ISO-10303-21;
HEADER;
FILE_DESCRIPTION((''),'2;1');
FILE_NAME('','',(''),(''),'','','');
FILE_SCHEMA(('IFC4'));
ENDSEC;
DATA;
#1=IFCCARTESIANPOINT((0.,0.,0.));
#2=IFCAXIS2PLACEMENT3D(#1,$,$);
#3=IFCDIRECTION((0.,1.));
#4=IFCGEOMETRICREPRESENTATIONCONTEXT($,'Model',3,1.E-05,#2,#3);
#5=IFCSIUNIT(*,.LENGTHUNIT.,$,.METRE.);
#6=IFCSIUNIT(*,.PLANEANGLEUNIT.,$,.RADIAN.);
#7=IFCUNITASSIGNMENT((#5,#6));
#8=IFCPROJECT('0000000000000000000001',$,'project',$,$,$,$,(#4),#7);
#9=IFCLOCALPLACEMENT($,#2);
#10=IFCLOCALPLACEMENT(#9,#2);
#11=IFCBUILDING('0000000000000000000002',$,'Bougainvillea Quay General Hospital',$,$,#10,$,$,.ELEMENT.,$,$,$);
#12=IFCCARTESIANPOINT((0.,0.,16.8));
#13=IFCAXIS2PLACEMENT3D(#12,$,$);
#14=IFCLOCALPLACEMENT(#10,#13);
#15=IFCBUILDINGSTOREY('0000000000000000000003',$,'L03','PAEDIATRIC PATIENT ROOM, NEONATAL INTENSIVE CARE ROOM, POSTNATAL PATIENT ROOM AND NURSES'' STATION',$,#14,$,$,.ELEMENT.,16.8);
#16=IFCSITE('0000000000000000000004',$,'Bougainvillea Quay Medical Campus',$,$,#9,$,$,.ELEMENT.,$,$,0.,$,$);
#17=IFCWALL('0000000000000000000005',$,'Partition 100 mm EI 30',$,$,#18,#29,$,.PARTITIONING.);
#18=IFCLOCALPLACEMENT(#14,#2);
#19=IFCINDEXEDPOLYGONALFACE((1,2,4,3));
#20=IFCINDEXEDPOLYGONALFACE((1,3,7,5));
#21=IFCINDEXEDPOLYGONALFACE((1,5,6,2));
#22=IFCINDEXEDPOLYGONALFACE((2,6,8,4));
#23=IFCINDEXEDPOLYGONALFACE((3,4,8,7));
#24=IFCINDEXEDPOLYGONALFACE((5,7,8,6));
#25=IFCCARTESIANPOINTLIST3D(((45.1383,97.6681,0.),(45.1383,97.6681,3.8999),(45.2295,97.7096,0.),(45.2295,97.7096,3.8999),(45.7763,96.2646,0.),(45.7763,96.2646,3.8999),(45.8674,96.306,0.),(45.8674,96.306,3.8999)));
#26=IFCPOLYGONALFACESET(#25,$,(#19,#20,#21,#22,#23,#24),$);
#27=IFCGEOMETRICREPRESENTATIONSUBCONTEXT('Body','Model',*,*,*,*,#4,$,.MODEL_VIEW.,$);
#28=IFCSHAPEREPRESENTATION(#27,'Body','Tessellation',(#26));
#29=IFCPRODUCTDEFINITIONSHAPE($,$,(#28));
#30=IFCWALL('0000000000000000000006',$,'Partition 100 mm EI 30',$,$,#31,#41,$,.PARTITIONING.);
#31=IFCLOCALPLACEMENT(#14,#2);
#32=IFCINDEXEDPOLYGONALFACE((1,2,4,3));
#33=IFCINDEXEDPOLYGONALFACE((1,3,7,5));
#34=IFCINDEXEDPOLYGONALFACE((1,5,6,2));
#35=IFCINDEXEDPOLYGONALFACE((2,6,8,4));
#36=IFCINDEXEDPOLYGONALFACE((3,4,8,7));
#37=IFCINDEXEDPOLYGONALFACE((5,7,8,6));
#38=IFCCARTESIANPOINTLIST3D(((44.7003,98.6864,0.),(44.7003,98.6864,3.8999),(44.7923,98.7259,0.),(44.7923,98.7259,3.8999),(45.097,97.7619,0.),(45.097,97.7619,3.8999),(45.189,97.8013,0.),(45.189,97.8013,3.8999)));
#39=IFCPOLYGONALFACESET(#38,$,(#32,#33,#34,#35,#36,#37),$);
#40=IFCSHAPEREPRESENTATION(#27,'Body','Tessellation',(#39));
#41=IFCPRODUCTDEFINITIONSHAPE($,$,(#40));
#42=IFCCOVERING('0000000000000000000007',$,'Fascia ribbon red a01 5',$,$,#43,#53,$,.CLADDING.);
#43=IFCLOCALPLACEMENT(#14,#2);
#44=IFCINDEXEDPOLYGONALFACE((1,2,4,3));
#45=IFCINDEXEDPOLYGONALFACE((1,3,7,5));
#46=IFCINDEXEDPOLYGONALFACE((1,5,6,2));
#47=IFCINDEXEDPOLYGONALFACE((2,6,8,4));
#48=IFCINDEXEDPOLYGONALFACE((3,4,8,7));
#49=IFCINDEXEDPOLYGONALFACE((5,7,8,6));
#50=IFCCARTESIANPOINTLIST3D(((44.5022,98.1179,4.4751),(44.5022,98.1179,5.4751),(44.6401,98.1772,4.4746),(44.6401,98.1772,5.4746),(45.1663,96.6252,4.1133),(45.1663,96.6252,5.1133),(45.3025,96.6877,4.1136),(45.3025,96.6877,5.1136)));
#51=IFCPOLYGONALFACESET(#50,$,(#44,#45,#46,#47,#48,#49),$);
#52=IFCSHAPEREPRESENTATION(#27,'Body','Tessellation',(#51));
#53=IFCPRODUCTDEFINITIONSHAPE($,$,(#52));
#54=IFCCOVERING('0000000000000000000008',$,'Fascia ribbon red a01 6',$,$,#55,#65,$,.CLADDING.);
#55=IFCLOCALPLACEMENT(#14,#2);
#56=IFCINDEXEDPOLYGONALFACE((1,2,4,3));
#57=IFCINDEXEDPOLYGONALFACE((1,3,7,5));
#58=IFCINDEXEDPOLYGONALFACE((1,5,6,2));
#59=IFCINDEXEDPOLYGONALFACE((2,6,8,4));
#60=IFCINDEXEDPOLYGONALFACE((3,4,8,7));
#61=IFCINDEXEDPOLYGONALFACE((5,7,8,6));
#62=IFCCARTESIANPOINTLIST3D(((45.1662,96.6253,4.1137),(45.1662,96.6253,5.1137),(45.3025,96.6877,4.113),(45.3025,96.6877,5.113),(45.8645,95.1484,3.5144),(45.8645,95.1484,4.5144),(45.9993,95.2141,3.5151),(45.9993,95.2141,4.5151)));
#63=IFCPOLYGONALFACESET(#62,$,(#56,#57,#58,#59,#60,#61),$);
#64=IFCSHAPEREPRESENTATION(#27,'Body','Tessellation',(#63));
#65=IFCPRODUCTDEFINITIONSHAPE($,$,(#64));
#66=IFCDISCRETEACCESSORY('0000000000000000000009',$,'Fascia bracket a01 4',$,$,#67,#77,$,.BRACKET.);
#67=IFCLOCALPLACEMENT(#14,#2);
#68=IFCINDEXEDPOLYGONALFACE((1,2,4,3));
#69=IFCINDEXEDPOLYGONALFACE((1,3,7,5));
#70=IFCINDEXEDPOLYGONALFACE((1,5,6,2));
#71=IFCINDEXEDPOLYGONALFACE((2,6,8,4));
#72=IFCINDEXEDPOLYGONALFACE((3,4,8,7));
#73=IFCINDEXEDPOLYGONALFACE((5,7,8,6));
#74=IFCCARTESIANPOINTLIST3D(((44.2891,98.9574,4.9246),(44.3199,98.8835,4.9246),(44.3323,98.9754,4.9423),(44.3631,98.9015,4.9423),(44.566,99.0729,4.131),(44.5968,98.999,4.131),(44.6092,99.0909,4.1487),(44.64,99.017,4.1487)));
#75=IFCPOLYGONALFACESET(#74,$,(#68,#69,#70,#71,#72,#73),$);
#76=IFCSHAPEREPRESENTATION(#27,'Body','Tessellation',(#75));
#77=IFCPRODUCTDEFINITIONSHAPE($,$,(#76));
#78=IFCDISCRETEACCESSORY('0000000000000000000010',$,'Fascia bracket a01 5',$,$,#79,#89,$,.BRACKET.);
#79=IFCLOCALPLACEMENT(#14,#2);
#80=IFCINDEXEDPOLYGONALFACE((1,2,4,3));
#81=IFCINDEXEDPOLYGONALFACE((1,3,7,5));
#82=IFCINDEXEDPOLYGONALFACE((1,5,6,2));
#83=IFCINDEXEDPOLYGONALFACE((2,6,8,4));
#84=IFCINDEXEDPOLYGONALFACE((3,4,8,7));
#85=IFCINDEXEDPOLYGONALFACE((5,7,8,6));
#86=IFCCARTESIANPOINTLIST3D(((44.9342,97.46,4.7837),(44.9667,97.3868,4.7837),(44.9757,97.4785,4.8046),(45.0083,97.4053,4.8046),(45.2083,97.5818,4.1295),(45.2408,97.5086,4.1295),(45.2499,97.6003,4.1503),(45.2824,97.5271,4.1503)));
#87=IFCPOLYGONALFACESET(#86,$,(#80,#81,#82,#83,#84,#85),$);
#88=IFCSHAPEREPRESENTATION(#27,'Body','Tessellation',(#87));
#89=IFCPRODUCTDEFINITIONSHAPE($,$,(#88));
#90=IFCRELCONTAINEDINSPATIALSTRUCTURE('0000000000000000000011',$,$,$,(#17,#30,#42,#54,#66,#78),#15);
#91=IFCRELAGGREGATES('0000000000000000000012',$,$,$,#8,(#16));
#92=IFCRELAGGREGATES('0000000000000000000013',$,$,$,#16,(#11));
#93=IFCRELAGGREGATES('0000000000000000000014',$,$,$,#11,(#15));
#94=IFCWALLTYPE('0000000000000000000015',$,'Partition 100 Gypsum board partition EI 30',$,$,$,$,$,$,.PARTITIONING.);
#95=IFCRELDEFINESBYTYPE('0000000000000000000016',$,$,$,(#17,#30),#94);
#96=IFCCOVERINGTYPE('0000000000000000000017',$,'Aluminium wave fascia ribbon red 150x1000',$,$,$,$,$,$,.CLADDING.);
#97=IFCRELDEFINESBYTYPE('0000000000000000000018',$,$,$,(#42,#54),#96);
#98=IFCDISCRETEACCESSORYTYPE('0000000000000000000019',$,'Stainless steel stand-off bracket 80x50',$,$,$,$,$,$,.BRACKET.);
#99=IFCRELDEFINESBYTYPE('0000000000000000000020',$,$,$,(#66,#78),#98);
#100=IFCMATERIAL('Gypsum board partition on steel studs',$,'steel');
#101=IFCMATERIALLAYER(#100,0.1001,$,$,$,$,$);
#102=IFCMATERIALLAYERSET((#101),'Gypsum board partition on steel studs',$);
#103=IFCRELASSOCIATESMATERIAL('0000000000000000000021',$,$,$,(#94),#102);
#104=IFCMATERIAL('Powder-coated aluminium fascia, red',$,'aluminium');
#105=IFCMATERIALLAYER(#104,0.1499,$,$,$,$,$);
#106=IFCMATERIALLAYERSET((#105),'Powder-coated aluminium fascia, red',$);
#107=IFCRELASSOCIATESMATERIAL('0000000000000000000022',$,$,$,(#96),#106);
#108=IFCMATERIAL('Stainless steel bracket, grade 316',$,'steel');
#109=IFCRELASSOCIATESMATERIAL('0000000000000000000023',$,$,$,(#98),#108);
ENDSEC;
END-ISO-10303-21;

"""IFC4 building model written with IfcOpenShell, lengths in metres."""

from ifc_helpers import new_model, si_unit, direction, frame, frame_2d, origin, origin_2d, place, context, subcontext, project, spatial, polyline, rectangle, outline, extrude, material, layer, layer_set, material_profile, profile_set, type_object, element, save


model = new_model("IFC4")

# Units and contexts
model_context = context("Model", 3, precision=1e-05, world=origin(), true_north=direction((0.0, 1.0)))
body_context = subcontext(model_context, "Body", "Model", "MODEL_VIEW")
ifc_project = project(units=[si_unit("LENGTHUNIT", "METRE"), si_unit("PLANEANGLEUNIT", "RADIAN")], contexts=[model_context])

# Site, building, storey
site_placement = place(None, origin())
site = spatial("IfcSite", under=ifc_project, at=site_placement, Name="Bougainvillea Quay Medical Campus", CompositionType="ELEMENT", RefElevation=0.0)
building_placement = place(site_placement, origin())
building = spatial("IfcBuilding", under=site, at=building_placement, Name="Bougainvillea Quay General Hospital", CompositionType="ELEMENT")
storey_placement = place(building_placement, frame((0.0, 0.0, 16.8)))
storey = spatial("IfcBuildingStorey", under=building, at=storey_placement, Name="L03", Description="PAEDIATRIC PATIENT ROOM, NEONATAL INTENSIVE CARE ROOM, POSTNATAL PATIENT ROOM AND NURSES' STATION", CompositionType="ELEMENT", Elevation=16.8)

# Walls
ifc_material_1 = material(Name="Gypsum board partition on steel studs", Category="steel")
ifc_layer_1 = layer(ifc_material_1, 0.1001)
ifc_layer_set_1 = layer_set([ifc_layer_1], Name="Gypsum board partition on steel studs")
wall_type = type_object("IfcWallType", Name="Partition 100 Gypsum board partition EI 30", PredefinedType="PARTITIONING", material=ifc_layer_set_1)
wall_1_placement = place(storey_placement, frame((45.1838, 97.689, 0.0), z_axis=(0.0, 0.0, 1.0), x_axis=(0.413779, -0.910377, 0.0)))
element("IfcWall", 1, at=wall_1_placement, inside=storey, type_object=wall_type, Name="Partition 100 mm EI 30", PredefinedType="PARTITIONING", context=body_context, shape_type="SweptSolid", body=[
    extrude(rectangle(XDim=1.5417, YDim=0.1001, at=frame_2d((0.771, 0.0))), origin(), (0.0, 0.0, 1.0), 3.8999),
])
wall_2_placement = place(storey_placement, frame((44.7463, 98.7061, 0.0), z_axis=(0.0, 0.0, 1.0), x_axis=(0.394329, -0.918969, 0.0)))
element("IfcWall", 2, at=wall_2_placement, inside=storey, type_object=wall_type, Name="Partition 100 mm EI 30", PredefinedType="PARTITIONING", context=body_context, shape_type="SweptSolid", body=[
    extrude(rectangle(XDim=1.0061, YDim=0.1001, at=frame_2d((0.5029, 0.0))), origin(), (0.0, 0.0, 1.0), 3.8999),
])

# Coverings
ifc_material_2 = material(Name="Powder-coated aluminium fascia, red", Category="aluminium")
ifc_layer_2 = layer(ifc_material_2, 0.1499)
ifc_layer_set_2 = layer_set([ifc_layer_2], Name="Powder-coated aluminium fascia, red")
covering_type = type_object("IfcCoveringType", Name="Aluminium wave fascia ribbon red 150x1000", PredefinedType="CLADDING", material=ifc_layer_set_2)
covering_1_placement = place(storey_placement, frame((44.6401, 98.1772, 4.4746), z_axis=(0.088535, -0.197292, 0.976339), x_axis=(0.396705, -0.892111, -0.216246)))
element("IfcCovering", 3, at=covering_1_placement, inside=storey, type_object=covering_type, Name="Fascia ribbon red a01 5", PredefinedType="CLADDING", context=body_context, shape_type="SweptSolid", body=[
    extrude(outline(polyline([(0.0, 0.0), (1.6696, 0.0), (1.6714, -0.1499), (-0.0019, -0.1501), (0.0, 0.0)])), origin(), (-0.216246, -0.000717, 0.976339), 1.0),
])
covering_2_placement = place(storey_placement, frame((45.3025, 96.6877, 4.113), z_axis=(0.147256, -0.311341, 0.93882), x_axis=(0.401304, -0.848727, -0.344409)))
element("IfcCovering", 4, at=covering_2_placement, inside=storey, type_object=covering_type, Name="Fascia ribbon red a01 6", PredefinedType="CLADDING", context=body_context, shape_type="SweptSolid", body=[
    extrude(outline(polyline([(0.0, 0.0), (1.7363, 0.0), (1.7382, -0.1499), (-0.0019, -0.1499), (0.0, 0.0)])), origin(), (-0.344409, -0.000038, 0.93882), 1.0),
])

# Discrete accessories
ifc_material_3 = material(Name="Stainless steel bracket, grade 316", Category="steel")
ifc_material_profile_1 = material_profile(ifc_material_3, rectangle(XDim=0.0801, YDim=0.05, at=origin_2d()))
ifc_profile_set_1 = profile_set([ifc_material_profile_1], Name="Stainless steel bracket, grade 316")
discrete_accessory_type = type_object("IfcDiscreteAccessoryType", Name="Stainless steel stand-off bracket 80x50", PredefinedType="BRACKET", material=ifc_profile_set_1)
discrete_accessory_1_placement = place(storey_placement, frame((44.603, 99.0449, 4.1399), z_axis=(-0.326377, -0.136134, 0.935385), x_axis=(0.384962, -0.922932, 0.0)))
element("IfcDiscreteAccessory", 5, at=discrete_accessory_1_placement, inside=storey, type_object=discrete_accessory_type, Name="Fascia bracket a01 4", PredefinedType="BRACKET", context=body_context, shape_type="SweptSolid", body=[
    extrude(rectangle(XDim=0.0801, YDim=0.05, at=origin_2d()), origin(), (0.0, 0.0, 1.0), 0.8484),
])
discrete_accessory_2_placement = place(storey_placement, frame((45.2454, 97.5544, 4.1399), z_axis=(-0.380896, -0.16925, 0.908995), x_axis=(0.406063, -0.913845, 0.0)))
element("IfcDiscreteAccessory", 6, at=discrete_accessory_2_placement, inside=storey, type_object=discrete_accessory_type, Name="Fascia bracket a01 5", PredefinedType="BRACKET", context=body_context, shape_type="SweptSolid", body=[
    extrude(rectangle(XDim=0.0801, YDim=0.05, at=origin_2d()), origin(), (0.0, 0.0, 1.0), 0.7197),
])

save(model, "model.ifc")
